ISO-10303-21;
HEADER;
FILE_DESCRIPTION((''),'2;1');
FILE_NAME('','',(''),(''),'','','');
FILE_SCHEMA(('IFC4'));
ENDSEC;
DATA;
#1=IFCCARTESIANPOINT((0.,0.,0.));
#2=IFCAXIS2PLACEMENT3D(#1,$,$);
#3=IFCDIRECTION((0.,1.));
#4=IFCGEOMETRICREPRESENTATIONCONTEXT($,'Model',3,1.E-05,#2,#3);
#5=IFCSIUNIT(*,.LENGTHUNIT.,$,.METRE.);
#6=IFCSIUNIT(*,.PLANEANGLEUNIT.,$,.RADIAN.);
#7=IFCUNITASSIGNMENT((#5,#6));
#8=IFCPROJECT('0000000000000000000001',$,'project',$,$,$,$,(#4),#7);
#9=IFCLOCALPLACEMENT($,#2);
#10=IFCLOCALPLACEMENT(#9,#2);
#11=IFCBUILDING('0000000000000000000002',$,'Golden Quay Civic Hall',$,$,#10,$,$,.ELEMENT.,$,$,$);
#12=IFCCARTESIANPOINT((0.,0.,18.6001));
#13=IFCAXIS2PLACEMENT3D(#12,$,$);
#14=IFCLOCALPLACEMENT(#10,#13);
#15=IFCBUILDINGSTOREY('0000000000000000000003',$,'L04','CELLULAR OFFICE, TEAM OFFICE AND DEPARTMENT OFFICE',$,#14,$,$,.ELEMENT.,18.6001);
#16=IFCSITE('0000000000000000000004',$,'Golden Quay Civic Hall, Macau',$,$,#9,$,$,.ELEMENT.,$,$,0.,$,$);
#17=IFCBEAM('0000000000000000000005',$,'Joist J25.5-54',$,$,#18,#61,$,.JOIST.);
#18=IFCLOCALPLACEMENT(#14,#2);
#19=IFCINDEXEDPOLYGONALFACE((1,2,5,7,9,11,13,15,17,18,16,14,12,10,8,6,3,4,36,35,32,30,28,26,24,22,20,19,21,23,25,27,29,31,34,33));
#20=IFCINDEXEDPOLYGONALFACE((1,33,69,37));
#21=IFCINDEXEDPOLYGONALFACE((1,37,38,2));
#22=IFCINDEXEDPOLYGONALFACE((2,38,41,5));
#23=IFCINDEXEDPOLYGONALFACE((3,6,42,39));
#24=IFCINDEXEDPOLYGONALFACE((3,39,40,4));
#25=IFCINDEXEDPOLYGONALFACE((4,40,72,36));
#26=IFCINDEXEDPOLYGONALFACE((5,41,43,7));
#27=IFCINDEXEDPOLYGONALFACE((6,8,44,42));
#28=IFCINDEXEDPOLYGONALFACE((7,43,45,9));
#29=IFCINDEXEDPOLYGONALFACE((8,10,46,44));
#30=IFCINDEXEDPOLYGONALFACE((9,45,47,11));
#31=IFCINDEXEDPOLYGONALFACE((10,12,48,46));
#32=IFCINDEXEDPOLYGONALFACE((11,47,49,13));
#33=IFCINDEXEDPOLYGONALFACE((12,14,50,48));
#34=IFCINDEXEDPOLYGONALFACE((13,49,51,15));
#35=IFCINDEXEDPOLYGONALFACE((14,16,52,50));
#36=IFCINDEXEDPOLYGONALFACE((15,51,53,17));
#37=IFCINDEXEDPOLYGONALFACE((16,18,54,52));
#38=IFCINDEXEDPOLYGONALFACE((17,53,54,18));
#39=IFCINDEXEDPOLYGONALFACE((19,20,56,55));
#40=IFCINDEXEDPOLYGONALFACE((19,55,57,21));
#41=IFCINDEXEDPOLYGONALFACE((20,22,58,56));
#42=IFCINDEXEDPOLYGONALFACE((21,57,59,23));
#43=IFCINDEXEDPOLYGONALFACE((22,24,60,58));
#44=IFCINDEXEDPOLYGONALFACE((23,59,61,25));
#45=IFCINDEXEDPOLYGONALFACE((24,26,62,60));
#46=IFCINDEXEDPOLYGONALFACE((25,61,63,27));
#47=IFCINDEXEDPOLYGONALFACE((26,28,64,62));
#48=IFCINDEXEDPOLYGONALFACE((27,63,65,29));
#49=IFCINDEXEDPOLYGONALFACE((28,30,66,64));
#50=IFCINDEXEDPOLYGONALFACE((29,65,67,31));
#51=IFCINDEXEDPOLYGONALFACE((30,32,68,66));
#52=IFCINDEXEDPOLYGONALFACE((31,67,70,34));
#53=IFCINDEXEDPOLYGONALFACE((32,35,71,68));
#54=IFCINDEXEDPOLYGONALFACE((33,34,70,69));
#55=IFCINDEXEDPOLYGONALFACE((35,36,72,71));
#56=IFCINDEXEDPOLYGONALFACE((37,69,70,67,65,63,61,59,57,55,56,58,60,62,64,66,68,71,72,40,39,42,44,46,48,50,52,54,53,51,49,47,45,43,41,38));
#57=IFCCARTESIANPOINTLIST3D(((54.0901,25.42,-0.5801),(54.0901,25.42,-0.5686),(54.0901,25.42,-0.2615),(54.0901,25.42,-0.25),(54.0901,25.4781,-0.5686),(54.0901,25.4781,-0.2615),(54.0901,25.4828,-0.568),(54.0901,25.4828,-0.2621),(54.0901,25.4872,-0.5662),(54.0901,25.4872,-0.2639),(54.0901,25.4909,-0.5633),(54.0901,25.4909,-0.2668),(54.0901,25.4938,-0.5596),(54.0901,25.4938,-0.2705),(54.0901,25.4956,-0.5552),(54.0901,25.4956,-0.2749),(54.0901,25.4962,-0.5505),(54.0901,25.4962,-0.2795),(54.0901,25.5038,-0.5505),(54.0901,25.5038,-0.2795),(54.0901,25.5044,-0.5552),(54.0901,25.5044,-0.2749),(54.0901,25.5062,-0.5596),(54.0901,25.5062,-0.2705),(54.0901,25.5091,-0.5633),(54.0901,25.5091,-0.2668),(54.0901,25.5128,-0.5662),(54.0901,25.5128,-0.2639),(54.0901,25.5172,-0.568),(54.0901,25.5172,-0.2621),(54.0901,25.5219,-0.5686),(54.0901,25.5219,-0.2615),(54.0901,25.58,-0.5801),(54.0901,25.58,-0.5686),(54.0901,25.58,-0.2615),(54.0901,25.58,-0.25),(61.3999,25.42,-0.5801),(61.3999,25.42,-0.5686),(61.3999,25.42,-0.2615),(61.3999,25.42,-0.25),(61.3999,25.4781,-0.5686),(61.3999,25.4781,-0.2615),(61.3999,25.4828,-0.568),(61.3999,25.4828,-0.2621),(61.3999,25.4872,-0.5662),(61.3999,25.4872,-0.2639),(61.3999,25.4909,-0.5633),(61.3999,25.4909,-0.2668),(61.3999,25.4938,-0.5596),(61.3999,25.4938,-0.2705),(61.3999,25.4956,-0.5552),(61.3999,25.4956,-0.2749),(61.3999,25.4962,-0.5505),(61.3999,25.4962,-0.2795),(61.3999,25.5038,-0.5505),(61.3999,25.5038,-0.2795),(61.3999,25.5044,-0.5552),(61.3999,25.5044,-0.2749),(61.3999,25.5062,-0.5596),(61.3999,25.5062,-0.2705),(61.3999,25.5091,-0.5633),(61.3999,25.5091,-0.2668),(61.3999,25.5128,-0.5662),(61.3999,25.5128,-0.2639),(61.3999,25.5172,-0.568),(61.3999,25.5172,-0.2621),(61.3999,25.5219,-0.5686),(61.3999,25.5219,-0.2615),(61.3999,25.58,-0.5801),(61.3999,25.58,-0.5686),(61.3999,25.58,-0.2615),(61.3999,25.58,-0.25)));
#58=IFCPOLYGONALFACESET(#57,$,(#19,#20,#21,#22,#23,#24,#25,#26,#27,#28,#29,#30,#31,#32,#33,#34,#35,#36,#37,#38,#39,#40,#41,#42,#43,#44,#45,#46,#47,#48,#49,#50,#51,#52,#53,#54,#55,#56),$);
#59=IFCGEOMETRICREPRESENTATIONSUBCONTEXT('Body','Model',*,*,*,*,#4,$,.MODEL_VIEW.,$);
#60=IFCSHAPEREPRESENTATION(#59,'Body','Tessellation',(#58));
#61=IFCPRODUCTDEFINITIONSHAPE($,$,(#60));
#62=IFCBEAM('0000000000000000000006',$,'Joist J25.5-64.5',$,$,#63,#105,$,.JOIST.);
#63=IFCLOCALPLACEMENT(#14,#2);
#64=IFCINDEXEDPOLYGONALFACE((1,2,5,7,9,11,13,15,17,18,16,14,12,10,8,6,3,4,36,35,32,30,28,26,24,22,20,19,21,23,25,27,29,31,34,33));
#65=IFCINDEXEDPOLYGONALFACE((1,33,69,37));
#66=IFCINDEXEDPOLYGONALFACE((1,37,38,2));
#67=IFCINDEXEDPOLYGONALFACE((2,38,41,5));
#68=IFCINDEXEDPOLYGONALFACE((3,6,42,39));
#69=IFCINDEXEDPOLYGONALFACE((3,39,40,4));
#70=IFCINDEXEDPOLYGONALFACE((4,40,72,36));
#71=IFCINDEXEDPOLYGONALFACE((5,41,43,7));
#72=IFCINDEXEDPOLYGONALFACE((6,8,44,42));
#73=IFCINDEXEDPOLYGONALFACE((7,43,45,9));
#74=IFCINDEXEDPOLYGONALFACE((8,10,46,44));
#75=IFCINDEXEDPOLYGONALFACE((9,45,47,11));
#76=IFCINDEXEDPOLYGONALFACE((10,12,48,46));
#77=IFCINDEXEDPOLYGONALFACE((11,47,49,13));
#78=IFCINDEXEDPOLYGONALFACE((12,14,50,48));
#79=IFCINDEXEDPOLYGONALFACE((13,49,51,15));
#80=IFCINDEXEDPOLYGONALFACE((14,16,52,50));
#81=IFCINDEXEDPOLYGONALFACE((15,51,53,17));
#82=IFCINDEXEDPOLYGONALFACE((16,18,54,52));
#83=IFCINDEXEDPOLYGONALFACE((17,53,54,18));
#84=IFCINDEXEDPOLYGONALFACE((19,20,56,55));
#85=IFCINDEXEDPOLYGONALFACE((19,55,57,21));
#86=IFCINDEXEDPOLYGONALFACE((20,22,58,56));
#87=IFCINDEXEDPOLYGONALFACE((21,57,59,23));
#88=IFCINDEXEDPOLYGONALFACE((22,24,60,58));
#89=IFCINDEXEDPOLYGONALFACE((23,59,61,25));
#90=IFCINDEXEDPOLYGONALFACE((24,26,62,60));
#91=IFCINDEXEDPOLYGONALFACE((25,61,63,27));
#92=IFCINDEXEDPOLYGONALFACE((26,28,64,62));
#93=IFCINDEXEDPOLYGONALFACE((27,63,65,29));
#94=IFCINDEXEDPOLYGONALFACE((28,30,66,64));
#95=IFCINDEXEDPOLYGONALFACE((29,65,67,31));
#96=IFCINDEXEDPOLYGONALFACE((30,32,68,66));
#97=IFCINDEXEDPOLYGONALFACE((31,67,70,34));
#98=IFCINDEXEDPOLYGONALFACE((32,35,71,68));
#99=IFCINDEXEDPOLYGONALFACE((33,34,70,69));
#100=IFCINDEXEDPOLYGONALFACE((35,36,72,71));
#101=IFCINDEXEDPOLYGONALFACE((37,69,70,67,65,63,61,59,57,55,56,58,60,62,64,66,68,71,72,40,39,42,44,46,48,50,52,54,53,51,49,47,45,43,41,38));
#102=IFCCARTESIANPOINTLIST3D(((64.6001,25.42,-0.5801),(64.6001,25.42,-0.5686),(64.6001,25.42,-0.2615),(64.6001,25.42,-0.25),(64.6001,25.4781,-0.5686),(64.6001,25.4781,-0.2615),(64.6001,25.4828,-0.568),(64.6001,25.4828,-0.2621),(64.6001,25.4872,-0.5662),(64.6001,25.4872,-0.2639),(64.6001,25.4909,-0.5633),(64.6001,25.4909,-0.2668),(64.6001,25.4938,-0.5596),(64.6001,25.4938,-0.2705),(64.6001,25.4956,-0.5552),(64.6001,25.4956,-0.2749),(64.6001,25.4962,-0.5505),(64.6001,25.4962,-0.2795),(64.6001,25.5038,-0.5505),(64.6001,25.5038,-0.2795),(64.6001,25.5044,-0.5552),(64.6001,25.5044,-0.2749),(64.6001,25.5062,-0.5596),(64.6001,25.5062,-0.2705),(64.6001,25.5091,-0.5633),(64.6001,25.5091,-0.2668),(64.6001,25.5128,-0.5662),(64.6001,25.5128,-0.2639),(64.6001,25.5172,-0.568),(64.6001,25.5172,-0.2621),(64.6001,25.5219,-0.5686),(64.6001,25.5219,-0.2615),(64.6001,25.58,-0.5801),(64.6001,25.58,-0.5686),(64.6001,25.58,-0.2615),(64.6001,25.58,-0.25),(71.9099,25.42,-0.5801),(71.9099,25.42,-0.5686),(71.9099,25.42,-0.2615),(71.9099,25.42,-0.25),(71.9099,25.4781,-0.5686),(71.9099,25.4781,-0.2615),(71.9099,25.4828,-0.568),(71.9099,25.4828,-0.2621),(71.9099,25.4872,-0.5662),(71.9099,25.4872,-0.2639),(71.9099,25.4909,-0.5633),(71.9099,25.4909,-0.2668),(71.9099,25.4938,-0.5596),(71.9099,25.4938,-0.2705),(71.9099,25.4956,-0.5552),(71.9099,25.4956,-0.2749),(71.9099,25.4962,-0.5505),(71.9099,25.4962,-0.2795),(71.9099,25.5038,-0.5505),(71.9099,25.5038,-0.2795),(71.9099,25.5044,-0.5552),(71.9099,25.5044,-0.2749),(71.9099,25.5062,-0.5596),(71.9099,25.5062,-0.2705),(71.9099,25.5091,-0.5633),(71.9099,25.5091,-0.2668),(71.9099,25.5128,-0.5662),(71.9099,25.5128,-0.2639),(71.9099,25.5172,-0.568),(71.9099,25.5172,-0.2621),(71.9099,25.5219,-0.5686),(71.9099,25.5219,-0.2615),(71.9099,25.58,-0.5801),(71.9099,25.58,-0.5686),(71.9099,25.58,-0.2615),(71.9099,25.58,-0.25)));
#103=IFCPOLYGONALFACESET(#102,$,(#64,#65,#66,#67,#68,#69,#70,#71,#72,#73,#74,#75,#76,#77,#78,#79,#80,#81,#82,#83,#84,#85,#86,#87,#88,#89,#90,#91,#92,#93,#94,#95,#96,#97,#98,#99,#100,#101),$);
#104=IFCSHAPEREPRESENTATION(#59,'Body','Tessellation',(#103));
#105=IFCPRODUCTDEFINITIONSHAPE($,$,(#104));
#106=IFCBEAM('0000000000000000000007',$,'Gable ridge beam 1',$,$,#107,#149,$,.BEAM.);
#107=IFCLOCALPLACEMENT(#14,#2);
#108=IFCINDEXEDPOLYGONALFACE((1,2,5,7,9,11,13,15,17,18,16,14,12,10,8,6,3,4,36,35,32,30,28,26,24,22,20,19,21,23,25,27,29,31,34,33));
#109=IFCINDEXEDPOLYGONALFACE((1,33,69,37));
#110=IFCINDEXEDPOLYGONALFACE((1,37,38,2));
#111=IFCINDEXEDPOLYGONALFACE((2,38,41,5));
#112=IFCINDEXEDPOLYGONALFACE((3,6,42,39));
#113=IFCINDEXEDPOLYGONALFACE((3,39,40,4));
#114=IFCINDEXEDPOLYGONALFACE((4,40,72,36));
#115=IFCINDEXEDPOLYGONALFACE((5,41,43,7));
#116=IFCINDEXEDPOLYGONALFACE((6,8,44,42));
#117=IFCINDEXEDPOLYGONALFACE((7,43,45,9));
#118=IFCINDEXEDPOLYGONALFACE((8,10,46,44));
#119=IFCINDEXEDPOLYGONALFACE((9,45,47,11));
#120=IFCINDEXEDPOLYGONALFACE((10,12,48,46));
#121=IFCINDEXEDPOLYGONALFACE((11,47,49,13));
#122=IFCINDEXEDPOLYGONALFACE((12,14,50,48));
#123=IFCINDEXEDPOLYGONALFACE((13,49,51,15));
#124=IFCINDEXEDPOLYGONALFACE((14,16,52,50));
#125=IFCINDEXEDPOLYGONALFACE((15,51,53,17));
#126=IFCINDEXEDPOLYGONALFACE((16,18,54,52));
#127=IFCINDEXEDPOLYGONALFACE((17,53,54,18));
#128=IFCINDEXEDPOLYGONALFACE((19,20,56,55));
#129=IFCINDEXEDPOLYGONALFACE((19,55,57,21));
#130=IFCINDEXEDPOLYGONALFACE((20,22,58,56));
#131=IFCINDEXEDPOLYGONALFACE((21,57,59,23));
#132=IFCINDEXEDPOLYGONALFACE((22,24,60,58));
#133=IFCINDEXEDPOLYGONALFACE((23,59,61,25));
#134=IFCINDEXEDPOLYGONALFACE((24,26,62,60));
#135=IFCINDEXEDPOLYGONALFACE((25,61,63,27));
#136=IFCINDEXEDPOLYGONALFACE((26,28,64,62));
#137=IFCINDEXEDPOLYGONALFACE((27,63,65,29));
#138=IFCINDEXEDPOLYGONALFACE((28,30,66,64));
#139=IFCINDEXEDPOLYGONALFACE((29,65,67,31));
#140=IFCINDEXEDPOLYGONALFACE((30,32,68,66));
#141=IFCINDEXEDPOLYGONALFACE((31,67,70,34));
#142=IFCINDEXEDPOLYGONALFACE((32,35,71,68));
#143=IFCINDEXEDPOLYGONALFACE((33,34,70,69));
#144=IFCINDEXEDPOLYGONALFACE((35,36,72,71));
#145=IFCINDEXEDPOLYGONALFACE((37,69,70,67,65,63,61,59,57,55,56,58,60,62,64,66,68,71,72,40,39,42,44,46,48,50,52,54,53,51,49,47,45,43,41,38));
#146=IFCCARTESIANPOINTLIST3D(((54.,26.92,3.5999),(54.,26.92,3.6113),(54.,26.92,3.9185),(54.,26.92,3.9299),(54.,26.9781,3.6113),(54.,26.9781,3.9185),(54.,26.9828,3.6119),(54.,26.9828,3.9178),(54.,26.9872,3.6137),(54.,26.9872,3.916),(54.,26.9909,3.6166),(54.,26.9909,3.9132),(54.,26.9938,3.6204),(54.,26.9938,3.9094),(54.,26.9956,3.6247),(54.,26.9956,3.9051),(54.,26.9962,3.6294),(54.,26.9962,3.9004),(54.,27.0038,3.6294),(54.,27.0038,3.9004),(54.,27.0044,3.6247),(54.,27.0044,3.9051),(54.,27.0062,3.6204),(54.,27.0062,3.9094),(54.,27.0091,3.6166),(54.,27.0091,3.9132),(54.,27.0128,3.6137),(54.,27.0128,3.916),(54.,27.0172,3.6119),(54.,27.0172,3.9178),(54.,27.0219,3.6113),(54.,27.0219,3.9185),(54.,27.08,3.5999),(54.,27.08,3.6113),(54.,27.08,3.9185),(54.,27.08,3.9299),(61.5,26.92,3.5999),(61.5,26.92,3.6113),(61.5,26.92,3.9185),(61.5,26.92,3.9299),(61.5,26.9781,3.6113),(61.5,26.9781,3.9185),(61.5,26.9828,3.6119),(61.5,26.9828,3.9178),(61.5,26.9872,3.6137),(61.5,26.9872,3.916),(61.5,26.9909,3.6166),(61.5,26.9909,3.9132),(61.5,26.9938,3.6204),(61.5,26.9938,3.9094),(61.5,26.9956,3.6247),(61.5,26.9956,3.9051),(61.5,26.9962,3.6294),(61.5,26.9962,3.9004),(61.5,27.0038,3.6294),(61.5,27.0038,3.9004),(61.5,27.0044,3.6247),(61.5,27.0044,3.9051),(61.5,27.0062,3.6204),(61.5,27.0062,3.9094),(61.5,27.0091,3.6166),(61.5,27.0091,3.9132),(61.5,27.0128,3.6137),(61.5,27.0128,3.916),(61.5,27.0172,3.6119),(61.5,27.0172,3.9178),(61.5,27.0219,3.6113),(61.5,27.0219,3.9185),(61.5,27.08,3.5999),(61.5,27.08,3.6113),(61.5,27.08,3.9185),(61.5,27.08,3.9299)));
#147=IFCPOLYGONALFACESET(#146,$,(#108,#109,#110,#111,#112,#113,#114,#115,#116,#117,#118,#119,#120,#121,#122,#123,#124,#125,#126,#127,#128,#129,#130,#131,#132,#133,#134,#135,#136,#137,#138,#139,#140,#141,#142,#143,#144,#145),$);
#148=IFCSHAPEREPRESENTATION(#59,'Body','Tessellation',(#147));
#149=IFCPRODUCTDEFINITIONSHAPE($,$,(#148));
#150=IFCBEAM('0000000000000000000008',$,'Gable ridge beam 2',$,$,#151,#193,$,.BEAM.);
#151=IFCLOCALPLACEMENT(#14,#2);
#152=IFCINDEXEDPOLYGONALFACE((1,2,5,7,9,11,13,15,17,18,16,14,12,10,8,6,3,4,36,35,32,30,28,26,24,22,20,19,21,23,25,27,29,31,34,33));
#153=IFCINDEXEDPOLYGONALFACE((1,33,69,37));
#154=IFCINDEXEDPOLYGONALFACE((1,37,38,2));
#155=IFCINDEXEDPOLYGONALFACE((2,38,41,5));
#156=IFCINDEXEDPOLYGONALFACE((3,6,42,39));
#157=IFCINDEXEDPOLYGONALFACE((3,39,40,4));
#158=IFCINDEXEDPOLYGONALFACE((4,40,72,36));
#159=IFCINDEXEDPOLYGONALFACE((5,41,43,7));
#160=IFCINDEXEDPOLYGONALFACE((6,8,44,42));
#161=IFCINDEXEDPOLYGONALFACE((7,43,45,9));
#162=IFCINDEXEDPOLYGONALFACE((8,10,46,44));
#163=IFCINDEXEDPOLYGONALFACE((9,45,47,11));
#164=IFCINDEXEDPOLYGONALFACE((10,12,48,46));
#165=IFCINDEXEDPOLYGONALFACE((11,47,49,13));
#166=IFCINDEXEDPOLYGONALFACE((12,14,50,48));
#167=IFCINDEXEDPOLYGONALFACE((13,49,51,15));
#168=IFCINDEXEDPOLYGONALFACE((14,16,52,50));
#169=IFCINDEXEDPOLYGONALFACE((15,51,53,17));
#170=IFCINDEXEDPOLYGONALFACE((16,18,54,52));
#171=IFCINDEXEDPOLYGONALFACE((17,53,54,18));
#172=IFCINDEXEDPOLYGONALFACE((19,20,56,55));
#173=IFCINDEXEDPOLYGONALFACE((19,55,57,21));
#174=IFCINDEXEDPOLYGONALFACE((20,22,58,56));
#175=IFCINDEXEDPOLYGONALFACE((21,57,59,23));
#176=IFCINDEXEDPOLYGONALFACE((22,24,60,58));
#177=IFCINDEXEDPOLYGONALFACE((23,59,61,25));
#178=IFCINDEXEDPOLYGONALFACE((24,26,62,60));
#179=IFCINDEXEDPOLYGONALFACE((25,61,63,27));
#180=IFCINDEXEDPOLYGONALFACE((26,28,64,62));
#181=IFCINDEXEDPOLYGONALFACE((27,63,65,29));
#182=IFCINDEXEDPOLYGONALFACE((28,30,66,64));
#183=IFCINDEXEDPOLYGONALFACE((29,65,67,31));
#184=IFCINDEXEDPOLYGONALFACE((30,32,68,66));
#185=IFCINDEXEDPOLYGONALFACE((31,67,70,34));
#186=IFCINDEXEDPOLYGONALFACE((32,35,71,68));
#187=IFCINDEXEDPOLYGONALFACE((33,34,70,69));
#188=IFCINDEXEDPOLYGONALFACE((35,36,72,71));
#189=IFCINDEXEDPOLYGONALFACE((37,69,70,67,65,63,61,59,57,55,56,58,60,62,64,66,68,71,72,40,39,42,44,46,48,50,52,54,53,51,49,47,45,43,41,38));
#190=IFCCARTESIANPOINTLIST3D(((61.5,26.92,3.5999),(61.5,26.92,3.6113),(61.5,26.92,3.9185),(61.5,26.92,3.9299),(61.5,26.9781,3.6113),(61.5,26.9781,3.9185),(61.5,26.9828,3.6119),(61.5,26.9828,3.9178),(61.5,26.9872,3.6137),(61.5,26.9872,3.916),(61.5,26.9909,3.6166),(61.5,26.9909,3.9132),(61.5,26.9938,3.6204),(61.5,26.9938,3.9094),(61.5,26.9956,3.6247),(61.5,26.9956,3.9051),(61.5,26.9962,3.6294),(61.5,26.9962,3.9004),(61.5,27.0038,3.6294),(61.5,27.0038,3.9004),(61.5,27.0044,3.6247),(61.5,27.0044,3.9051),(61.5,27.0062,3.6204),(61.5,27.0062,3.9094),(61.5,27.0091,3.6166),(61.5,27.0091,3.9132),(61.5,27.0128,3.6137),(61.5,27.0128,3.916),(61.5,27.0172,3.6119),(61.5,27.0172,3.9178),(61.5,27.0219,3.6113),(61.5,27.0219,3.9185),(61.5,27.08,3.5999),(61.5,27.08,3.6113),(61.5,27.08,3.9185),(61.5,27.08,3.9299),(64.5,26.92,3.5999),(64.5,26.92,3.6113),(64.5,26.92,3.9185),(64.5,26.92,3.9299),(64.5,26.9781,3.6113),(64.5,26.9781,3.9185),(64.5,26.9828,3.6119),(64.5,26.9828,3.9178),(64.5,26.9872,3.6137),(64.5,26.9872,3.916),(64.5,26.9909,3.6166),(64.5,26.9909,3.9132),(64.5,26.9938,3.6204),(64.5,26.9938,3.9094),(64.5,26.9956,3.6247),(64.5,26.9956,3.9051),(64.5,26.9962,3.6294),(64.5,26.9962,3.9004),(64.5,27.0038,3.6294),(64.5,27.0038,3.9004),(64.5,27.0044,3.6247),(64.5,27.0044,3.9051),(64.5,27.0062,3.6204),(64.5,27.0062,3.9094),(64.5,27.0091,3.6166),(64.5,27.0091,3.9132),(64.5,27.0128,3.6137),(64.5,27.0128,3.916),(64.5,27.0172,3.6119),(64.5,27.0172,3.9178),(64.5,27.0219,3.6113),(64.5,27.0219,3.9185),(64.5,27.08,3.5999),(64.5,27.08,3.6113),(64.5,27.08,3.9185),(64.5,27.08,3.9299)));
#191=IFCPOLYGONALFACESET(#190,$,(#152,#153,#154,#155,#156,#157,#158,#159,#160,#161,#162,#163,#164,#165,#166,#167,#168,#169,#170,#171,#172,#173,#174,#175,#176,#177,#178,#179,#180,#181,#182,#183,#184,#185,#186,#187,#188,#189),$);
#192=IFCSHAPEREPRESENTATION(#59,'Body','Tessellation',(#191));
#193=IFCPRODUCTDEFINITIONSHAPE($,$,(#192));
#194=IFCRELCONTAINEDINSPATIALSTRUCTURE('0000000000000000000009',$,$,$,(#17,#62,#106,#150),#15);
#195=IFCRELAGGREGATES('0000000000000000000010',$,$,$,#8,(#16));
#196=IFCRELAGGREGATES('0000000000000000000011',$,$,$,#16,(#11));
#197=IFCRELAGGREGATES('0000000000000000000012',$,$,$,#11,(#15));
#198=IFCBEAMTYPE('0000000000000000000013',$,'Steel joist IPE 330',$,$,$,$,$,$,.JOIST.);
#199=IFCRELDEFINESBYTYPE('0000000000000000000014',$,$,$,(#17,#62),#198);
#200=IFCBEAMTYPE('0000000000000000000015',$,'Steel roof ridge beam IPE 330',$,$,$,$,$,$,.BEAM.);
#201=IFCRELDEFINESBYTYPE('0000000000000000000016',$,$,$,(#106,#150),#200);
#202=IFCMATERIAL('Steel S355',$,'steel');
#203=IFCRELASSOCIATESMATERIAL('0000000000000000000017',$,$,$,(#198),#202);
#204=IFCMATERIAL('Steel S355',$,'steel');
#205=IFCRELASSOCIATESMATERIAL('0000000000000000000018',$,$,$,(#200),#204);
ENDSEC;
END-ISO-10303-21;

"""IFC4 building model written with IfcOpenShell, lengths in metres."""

from ifc_helpers import new_model, si_unit, direction, frame, origin, origin_2d, place, context, subcontext, project, spatial, i_section, extrude, material, material_profile, profile_set, type_object, element, save


model = new_model("IFC4")

# Units and contexts
model_context = context("Model", 3, precision=1e-05, world=origin(), true_north=direction((0.0, 1.0)))
body_context = subcontext(model_context, "Body", "Model", "MODEL_VIEW")
ifc_project = project(units=[si_unit("LENGTHUNIT", "METRE"), si_unit("PLANEANGLEUNIT", "RADIAN")], contexts=[model_context])

# Site, building, storey
site_placement = place(None, origin())
site = spatial("IfcSite", under=ifc_project, at=site_placement, Name="Golden Quay Civic Hall, Macau", CompositionType="ELEMENT", RefElevation=0.0)
building_placement = place(site_placement, origin())
building = spatial("IfcBuilding", under=site, at=building_placement, Name="Golden Quay Civic Hall", CompositionType="ELEMENT")
storey_placement = place(building_placement, frame((0.0, 0.0, 18.6001)))
storey = spatial("IfcBuildingStorey", under=building, at=storey_placement, Name="L04", Description="CELLULAR OFFICE, TEAM OFFICE AND DEPARTMENT OFFICE", CompositionType="ELEMENT", Elevation=18.6001)

# Beams
ifc_material_1 = material(Name="Steel S355", Category="steel")
ifc_material_profile_1 = material_profile(ifc_material_1, i_section(OverallWidth=0.1599, OverallDepth=0.3301, WebThickness=0.0076, FlangeThickness=0.0115, FilletRadius=0.0181, at=origin_2d()), Name="IPE 330")
ifc_profile_set_1 = profile_set([ifc_material_profile_1], Name="Steel S355")
beam_type_1 = type_object("IfcBeamType", Name="Steel joist IPE 330", PredefinedType="JOIST", material=ifc_profile_set_1)
for number, where, z_axis, x_axis, name in (
    (1, (54.0901, 25.5, -0.415), (1.0, 0.0, 0.0), (0.0, 1.0, 0.0), "Joist J25.5-54"),
    (2, (64.6001, 25.5, -0.415), (1.0, 0.0, 0.0), (0.0, 1.0, 0.0), "Joist J25.5-64.5"),
):
    element("IfcBeam", number, at=place(storey_placement, frame(where, z_axis=z_axis, x_axis=x_axis)), inside=storey, type_object=beam_type_1, Name=name, PredefinedType="JOIST", context=body_context, shape_type="SweptSolid", body=[
        extrude(i_section(OverallWidth=0.1599, OverallDepth=0.3301, WebThickness=0.0076, FlangeThickness=0.0115, FilletRadius=0.0181, at=origin_2d()), origin(), (0.0, 0.0, 1.0), 7.3098),
    ])
ifc_material_2 = material(Name="Steel S355", Category="steel")
ifc_material_profile_2 = material_profile(ifc_material_2, i_section(OverallWidth=0.1599, OverallDepth=0.3301, WebThickness=0.0076, FlangeThickness=0.0115, FilletRadius=0.0181, at=origin_2d()), Name="IPE 330")
ifc_profile_set_2 = profile_set([ifc_material_profile_2], Name="Steel S355")
beam_type_2 = type_object("IfcBeamType", Name="Steel roof ridge beam IPE 330", PredefinedType="BEAM", material=ifc_profile_set_2)
beam_1_placement = place(storey_placement, frame((54.0, 27.0, 3.7649), z_axis=(1.0, 0.0, 0.0), x_axis=(0.0, 1.0, 0.0)))
element("IfcBeam", 3, at=beam_1_placement, inside=storey, type_object=beam_type_2, Name="Gable ridge beam 1", PredefinedType="BEAM", context=body_context, shape_type="SweptSolid", body=[
    extrude(i_section(OverallWidth=0.1599, OverallDepth=0.3301, WebThickness=0.0076, FlangeThickness=0.0115, FilletRadius=0.0181, at=origin_2d()), origin(), (0.0, 0.0, 1.0), 7.5),
])
beam_2_placement = place(storey_placement, frame((61.5, 27.0, 3.7649), z_axis=(1.0, 0.0, 0.0), x_axis=(0.0, 1.0, 0.0)))
element("IfcBeam", 4, at=beam_2_placement, inside=storey, type_object=beam_type_2, Name="Gable ridge beam 2", PredefinedType="BEAM", context=body_context, shape_type="SweptSolid", body=[
    extrude(i_section(OverallWidth=0.1599, OverallDepth=0.3301, WebThickness=0.0076, FlangeThickness=0.0115, FilletRadius=0.0181, at=origin_2d()), origin(), (0.0, 0.0, 1.0), 3.0),
])

save(model, "model.ifc")
